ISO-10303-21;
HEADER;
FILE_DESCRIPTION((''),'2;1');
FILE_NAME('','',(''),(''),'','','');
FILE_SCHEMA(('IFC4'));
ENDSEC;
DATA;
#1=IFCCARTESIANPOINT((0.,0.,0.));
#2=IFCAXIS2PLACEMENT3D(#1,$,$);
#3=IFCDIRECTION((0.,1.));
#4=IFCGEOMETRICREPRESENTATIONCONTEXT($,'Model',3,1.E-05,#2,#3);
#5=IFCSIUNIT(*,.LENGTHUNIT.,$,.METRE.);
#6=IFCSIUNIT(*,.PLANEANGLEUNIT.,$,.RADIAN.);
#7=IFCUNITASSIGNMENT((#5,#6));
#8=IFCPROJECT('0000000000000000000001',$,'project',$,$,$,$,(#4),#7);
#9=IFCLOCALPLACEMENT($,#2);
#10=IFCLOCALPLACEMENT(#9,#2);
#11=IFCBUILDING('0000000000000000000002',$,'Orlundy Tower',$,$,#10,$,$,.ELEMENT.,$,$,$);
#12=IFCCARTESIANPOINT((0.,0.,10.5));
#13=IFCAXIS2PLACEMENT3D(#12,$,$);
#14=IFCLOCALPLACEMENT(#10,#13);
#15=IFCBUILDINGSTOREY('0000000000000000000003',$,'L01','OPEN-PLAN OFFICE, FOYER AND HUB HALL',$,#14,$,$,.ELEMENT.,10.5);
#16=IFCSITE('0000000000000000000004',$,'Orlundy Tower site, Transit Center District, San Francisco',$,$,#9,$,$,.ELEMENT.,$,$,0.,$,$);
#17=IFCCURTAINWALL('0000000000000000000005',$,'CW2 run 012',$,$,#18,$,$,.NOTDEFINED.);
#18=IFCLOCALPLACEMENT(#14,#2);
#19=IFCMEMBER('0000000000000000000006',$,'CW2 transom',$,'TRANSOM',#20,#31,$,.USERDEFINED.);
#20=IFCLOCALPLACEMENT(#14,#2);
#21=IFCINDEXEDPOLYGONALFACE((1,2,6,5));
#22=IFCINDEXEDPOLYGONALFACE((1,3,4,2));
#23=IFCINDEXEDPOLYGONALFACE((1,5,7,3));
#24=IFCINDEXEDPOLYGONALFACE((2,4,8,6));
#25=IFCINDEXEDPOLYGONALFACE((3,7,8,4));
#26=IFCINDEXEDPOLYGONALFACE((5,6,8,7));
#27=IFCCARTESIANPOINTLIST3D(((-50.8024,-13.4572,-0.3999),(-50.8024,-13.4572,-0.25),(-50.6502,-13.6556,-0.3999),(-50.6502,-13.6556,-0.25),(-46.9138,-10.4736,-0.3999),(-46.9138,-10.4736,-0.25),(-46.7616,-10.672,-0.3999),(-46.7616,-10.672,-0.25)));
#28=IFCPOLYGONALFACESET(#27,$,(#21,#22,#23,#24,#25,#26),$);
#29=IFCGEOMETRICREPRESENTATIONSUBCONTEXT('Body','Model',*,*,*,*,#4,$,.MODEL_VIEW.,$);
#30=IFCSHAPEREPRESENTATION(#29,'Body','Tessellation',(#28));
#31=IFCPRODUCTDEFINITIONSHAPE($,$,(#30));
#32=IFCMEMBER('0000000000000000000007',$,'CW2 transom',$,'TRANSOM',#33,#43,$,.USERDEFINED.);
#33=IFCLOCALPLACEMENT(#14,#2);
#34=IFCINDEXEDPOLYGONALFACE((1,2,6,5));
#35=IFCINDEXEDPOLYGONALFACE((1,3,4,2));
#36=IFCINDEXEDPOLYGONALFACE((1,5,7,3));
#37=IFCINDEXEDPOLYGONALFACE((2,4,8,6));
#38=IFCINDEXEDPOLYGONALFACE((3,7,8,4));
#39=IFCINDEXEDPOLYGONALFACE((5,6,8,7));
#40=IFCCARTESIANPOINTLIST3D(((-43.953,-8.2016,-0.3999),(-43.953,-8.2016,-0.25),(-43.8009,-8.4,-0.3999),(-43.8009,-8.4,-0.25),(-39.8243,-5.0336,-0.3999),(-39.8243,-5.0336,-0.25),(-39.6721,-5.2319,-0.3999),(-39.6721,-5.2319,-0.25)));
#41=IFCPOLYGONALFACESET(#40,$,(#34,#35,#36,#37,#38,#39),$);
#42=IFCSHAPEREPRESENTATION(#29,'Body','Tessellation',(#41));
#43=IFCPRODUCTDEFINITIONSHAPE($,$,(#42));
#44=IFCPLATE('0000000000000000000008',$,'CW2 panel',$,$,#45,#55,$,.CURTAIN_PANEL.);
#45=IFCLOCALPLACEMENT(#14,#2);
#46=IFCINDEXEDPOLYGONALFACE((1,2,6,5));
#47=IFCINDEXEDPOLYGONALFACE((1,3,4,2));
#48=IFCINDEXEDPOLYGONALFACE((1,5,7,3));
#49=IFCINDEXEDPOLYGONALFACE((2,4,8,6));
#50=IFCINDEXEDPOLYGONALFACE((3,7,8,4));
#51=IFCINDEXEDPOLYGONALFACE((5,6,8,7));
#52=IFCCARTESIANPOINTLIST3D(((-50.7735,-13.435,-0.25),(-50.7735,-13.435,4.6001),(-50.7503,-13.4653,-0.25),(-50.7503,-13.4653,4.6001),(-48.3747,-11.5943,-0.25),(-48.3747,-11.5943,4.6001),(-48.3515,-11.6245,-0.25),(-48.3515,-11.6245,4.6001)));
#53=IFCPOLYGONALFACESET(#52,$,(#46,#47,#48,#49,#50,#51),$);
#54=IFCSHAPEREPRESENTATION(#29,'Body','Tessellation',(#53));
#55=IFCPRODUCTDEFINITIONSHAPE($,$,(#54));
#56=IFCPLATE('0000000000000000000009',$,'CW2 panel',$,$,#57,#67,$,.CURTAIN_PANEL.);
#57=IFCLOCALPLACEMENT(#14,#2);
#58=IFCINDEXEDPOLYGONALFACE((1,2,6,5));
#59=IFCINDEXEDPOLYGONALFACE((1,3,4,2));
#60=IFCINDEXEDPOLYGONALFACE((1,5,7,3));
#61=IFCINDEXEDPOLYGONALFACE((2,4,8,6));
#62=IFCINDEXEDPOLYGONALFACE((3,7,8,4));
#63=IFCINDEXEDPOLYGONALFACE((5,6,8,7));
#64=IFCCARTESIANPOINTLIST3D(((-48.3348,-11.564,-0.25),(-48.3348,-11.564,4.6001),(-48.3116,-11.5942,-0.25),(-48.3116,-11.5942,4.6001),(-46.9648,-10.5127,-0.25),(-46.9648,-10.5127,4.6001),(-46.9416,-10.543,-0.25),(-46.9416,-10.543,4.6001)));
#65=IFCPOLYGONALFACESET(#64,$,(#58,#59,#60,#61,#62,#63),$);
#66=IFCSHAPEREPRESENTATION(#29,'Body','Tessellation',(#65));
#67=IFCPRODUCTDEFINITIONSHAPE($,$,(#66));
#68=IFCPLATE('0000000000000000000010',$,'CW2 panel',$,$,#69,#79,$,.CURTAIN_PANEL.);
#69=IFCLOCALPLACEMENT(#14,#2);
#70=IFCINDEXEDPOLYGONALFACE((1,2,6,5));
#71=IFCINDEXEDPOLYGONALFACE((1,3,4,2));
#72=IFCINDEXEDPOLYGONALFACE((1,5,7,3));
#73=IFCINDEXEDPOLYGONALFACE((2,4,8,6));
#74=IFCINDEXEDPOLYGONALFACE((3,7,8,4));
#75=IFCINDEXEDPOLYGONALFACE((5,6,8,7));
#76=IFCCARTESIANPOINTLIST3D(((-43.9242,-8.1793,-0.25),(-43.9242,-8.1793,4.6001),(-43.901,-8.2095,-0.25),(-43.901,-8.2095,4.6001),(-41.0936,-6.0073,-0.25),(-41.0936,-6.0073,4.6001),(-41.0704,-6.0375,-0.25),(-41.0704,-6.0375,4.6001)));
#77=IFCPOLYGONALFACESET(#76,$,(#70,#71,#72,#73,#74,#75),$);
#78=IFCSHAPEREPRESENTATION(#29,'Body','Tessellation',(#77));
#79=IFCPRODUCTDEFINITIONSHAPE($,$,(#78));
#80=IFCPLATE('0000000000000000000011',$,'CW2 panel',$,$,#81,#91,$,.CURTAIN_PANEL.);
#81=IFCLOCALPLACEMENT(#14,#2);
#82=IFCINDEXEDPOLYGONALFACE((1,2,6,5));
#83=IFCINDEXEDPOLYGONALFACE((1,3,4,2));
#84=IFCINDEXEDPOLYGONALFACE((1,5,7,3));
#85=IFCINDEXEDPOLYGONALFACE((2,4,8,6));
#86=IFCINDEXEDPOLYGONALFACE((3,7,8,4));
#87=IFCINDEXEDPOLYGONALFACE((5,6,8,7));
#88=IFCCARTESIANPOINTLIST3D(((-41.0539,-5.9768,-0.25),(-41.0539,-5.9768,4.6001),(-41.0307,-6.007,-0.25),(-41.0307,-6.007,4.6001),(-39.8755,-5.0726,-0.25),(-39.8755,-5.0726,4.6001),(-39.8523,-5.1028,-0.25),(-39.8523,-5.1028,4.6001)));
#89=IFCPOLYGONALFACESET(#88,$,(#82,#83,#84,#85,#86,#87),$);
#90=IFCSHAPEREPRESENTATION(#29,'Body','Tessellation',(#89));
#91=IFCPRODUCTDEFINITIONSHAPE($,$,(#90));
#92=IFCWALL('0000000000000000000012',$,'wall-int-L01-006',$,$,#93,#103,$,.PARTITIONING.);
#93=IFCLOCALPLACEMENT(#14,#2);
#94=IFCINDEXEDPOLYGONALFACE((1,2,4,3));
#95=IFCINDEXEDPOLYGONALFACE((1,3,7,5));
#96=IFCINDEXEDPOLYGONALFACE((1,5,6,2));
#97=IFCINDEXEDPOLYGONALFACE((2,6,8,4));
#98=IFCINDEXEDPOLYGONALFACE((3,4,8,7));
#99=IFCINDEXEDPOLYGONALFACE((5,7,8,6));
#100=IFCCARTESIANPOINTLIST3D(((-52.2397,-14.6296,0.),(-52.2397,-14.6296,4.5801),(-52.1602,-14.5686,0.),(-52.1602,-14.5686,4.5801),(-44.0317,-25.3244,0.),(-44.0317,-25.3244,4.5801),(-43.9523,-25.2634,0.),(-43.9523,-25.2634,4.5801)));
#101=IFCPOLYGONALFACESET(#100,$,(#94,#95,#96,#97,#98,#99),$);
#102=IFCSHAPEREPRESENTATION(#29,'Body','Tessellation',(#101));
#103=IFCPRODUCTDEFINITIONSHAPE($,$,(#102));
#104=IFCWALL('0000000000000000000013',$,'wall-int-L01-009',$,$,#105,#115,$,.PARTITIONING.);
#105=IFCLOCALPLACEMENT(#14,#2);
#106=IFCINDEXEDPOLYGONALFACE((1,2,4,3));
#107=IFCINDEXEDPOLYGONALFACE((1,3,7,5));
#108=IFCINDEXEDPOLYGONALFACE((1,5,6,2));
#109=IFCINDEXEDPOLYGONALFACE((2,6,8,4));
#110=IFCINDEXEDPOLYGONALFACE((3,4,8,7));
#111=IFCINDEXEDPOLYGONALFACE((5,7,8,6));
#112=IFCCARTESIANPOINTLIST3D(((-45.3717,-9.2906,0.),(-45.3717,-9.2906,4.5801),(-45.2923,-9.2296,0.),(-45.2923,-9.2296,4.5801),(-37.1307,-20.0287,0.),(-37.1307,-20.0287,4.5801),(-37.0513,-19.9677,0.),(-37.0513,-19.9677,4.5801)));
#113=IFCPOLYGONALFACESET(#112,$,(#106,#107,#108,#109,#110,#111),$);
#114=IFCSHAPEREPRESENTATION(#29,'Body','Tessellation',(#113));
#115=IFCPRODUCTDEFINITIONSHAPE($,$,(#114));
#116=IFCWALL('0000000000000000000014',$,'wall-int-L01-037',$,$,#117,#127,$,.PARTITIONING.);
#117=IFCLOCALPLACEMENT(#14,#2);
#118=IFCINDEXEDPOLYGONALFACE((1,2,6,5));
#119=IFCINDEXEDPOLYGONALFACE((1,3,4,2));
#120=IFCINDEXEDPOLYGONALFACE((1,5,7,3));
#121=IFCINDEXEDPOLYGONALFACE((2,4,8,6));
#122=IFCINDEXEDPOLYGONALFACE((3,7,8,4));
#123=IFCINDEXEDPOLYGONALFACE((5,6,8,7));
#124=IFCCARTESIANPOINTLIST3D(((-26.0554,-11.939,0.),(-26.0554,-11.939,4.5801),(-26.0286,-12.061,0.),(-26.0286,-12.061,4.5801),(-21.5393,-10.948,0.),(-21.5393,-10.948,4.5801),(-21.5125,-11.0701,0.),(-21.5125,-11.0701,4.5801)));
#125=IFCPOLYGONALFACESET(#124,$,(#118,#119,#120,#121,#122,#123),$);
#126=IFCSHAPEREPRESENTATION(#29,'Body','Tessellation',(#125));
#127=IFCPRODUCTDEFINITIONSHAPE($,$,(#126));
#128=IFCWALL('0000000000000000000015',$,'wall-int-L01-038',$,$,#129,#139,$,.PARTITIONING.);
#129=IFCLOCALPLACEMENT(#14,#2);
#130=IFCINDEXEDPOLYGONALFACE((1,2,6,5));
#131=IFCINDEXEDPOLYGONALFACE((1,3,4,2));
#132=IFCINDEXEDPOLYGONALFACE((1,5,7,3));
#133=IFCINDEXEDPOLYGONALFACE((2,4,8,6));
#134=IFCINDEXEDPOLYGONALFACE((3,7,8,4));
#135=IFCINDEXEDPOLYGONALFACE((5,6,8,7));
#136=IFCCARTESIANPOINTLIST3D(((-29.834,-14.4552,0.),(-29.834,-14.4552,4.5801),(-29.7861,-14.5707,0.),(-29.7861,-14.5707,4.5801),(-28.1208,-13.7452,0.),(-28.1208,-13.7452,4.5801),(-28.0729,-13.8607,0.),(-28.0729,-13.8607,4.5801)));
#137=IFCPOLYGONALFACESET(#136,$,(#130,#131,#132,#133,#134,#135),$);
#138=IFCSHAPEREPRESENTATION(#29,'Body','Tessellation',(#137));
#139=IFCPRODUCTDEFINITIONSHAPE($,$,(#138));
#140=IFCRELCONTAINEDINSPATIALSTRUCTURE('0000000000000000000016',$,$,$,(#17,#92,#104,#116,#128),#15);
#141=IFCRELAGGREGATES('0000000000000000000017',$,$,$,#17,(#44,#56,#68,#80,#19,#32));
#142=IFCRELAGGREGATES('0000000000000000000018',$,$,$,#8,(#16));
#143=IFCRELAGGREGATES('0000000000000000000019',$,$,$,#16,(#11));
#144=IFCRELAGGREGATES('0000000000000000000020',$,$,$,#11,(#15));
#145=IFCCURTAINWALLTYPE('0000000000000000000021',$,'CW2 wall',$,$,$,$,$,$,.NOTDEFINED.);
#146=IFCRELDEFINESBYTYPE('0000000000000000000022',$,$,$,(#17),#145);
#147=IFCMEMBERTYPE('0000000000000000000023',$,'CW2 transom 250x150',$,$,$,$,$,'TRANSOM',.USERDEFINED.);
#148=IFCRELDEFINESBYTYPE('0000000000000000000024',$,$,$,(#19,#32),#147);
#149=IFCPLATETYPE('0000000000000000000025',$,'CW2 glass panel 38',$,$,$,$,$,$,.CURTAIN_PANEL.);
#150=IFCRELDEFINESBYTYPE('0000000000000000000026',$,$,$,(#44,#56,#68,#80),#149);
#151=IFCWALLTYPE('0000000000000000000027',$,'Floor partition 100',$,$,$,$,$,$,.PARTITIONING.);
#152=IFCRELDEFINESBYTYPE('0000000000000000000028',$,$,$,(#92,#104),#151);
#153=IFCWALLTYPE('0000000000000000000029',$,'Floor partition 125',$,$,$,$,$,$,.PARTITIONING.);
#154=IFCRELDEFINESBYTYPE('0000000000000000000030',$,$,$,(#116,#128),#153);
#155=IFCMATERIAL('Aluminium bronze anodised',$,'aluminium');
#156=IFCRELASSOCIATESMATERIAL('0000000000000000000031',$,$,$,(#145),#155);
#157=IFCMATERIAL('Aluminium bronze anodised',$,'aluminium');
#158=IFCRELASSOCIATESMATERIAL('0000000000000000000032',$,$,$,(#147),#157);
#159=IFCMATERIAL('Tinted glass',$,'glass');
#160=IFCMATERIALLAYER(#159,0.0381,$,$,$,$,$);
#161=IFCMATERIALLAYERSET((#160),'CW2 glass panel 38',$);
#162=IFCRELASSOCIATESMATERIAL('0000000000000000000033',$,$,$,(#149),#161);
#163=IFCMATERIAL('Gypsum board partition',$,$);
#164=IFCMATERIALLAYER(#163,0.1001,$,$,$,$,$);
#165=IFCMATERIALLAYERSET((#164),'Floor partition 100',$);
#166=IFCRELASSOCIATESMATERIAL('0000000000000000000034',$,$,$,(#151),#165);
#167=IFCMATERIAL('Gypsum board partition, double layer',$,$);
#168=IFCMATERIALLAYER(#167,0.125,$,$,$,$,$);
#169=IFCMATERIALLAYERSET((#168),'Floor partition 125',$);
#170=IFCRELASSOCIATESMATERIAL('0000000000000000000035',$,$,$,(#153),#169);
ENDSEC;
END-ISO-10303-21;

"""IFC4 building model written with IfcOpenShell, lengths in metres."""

from ifc_helpers import new_model, si_unit, direction, frame, frame_2d, origin, origin_2d, place, context, subcontext, project, spatial, rectangle, extrude, material, layer, layer_set, material_profile, profile_set, type_object, element, aggregate, save


model = new_model("IFC4")

# Units and contexts
model_context = context("Model", 3, precision=1e-05, world=origin(), true_north=direction((0.0, 1.0)))
body_context = subcontext(model_context, "Body", "Model", "MODEL_VIEW")
ifc_project = project(units=[si_unit("LENGTHUNIT", "METRE"), si_unit("PLANEANGLEUNIT", "RADIAN")], contexts=[model_context])

# Site, building, storey
site_placement = place(None, origin())
site = spatial("IfcSite", under=ifc_project, at=site_placement, Name="Orlundy Tower site, Transit Center District, San Francisco", CompositionType="ELEMENT", RefElevation=0.0)
building_placement = place(site_placement, origin())
building = spatial("IfcBuilding", under=site, at=building_placement, Name="Orlundy Tower", CompositionType="ELEMENT")
storey_placement = place(building_placement, frame((0.0, 0.0, 10.5)))
storey = spatial("IfcBuildingStorey", under=building, at=storey_placement, Name="L01", Description="OPEN-PLAN OFFICE, FOYER AND HUB HALL", CompositionType="ELEMENT", Elevation=10.5)

# Curtain wall, members, plates
ifc_material_1 = material(Name="Aluminium bronze anodised", Category="aluminium")
curtain_wall_type = type_object("IfcCurtainWallType", Name="CW2 wall", PredefinedType="NOTDEFINED", material=ifc_material_1)
curtain_wall_placement = place(storey_placement, origin())
curtain_wall = element("IfcCurtainWall", 1, at=curtain_wall_placement, inside=storey, type_object=curtain_wall_type, Name="CW2 run 012", PredefinedType="NOTDEFINED")
ifc_material_2 = material(Name="Aluminium bronze anodised", Category="aluminium")
ifc_material_profile_1 = material_profile(ifc_material_2, rectangle(XDim=0.25, YDim=0.1499, at=origin_2d()), Name="CW2 transom 250x150")
ifc_profile_set_1 = profile_set([ifc_material_profile_1], Name="Aluminium bronze anodised")
member_type_1 = type_object("IfcMemberType", Name="CW2 transom 250x150", ElementType="TRANSOM", PredefinedType="USERDEFINED", material=ifc_profile_set_1)
member_1_placement = place(storey_placement, frame((-50.7263, -13.5564, -0.325), z_axis=(0.793377, 0.608731, 0.0), x_axis=(-0.608731, 0.793377, 0.0)))
member_1 = element("IfcMember", 2, at=member_1_placement, type_object=member_type_1, Name="CW2 transom", ObjectType="TRANSOM", PredefinedType="USERDEFINED", context=body_context, shape_type="SweptSolid", body=[
    extrude(rectangle(XDim=0.25, YDim=0.1499, at=origin_2d()), origin(), (0.0, 0.0, 1.0), 4.9014),
])
member_2_placement = place(storey_placement, frame((-43.877, -8.3008, -0.325), z_axis=(0.793359, 0.608754, 0.0), x_axis=(-0.608754, 0.793359, 0.0)))
member_2 = element("IfcMember", 3, at=member_2_placement, type_object=member_type_1, Name="CW2 transom", ObjectType="TRANSOM", PredefinedType="USERDEFINED", context=body_context, shape_type="SweptSolid", body=[
    extrude(rectangle(XDim=0.25, YDim=0.1499, at=origin_2d()), origin(), (0.0, 0.0, 1.0), 5.2041),
])
ifc_material_3 = material(Name="Tinted glass", Category="glass")
ifc_layer_1 = layer(ifc_material_3, 0.0381)
ifc_layer_set_1 = layer_set([ifc_layer_1], Name="CW2 glass panel 38")
plate_type = type_object("IfcPlateType", Name="CW2 glass panel 38", PredefinedType="CURTAIN_PANEL", material=ifc_layer_set_1)
plate_1_placement = place(storey_placement, frame((-49.5625, -12.5298, -0.25), z_axis=(0.0, 0.0, 1.0), x_axis=(0.793348, 0.608768, 0.0)))
plate_1 = element("IfcPlate", 4, at=plate_1_placement, type_object=plate_type, Name="CW2 panel", PredefinedType="CURTAIN_PANEL", context=body_context, shape_type="SweptSolid", body=[
    extrude(rectangle(XDim=3.0237, YDim=0.0381, at=origin_2d()), origin(), (0.0, 0.0, 1.0), 4.8501),
])
plate_2_placement = place(storey_placement, frame((-47.6382, -11.0535, -0.25), z_axis=(0.0, 0.0, 1.0), x_axis=(0.793348, 0.608768, 0.0)))
plate_2 = element("IfcPlate", 5, at=plate_2_placement, type_object=plate_type, Name="CW2 panel", PredefinedType="CURTAIN_PANEL", context=body_context, shape_type="SweptSolid", body=[
    extrude(rectangle(XDim=1.7268, YDim=0.0381, at=origin_2d()), origin(), (0.0, 0.0, 1.0), 4.8501),
])
plate_3_placement = place(storey_placement, frame((-42.4973, -7.1084, -0.25), z_axis=(0.0, 0.0, 1.0), x_axis=(0.793348, 0.608768, 0.0)))
plate_3 = element("IfcPlate", 6, at=plate_3_placement, type_object=plate_type, Name="CW2 panel", PredefinedType="CURTAIN_PANEL", context=body_context, shape_type="SweptSolid", body=[
    extrude(rectangle(XDim=3.5679, YDim=0.0381, at=origin_2d()), origin(), (0.0, 0.0, 1.0), 4.8501),
])
plate_4_placement = place(storey_placement, frame((-40.4531, -5.5398, -0.25), z_axis=(0.0, 0.0, 1.0), x_axis=(0.793348, 0.608768, 0.0)))
plate_4 = element("IfcPlate", 7, at=plate_4_placement, type_object=plate_type, Name="CW2 panel", PredefinedType="CURTAIN_PANEL", context=body_context, shape_type="SweptSolid", body=[
    extrude(rectangle(XDim=1.4854, YDim=0.0381, at=origin_2d()), origin(), (0.0, 0.0, 1.0), 4.8501),
])
aggregate(curtain_wall, [plate_1, plate_2, plate_3, plate_4, member_1, member_2])

# Walls
ifc_material_4 = material(Name="Gypsum board partition")
ifc_layer_2 = layer(ifc_material_4, 0.1001)
ifc_layer_set_2 = layer_set([ifc_layer_2], Name="Floor partition 100")
wall_type_1 = type_object("IfcWallType", Name="Floor partition 100", PredefinedType="PARTITIONING", material=ifc_layer_set_2)
wall_1_placement = place(storey_placement, frame((-52.2, -14.5991, 0.0), z_axis=(0.0, 0.0, 1.0), x_axis=(0.608835, -0.793297, 0.0)))
element("IfcWall", 8, at=wall_1_placement, inside=storey, type_object=wall_type_1, Name="wall-int-L01-006", PredefinedType="PARTITIONING", context=body_context, shape_type="SweptSolid", body=[
    extrude(rectangle(XDim=13.4814, YDim=0.1001, at=frame_2d((6.7407, 0.0))), origin(), (0.0, 0.0, 1.0), 4.5801),
])
wall_2_placement = place(storey_placement, frame((-45.332, -9.26, 0.0), z_axis=(0.0, 0.0, 1.0), x_axis=(0.608826, -0.793304, 0.0)))
element("IfcWall", 9, at=wall_2_placement, inside=storey, type_object=wall_type_1, Name="wall-int-L01-009", PredefinedType="PARTITIONING", context=body_context, shape_type="SweptSolid", body=[
    extrude(rectangle(XDim=13.5359, YDim=0.1001, at=frame_2d((6.7681, 0.0))), origin(), (0.0, 0.0, 1.0), 4.5801),
])
ifc_material_5 = material(Name="Gypsum board partition, double layer")
ifc_layer_3 = layer(ifc_material_5, 0.125)
ifc_layer_set_3 = layer_set([ifc_layer_3], Name="Floor partition 125")
wall_type_2 = type_object("IfcWallType", Name="Floor partition 125", PredefinedType="PARTITIONING", material=ifc_layer_set_3)
wall_3_placement = place(storey_placement, frame((-26.042, -12.0, 0.0), z_axis=(0.0, 0.0, 1.0), x_axis=(0.976761, 0.21433, 0.0)))
element("IfcWall", 10, at=wall_3_placement, inside=storey, type_object=wall_type_2, Name="wall-int-L01-037", PredefinedType="PARTITIONING", context=body_context, shape_type="SweptSolid", body=[
    extrude(rectangle(XDim=4.6235, YDim=0.125, at=frame_2d((2.3118, 0.0))), origin(), (0.0, 0.0, 1.0), 4.5801),
])
wall_4_placement = place(storey_placement, frame((-29.8101, -14.5129, 0.0), z_axis=(0.0, 0.0, 1.0), x_axis=(0.923811, 0.382848, 0.0)))
element("IfcWall", 11, at=wall_4_placement, inside=storey, type_object=wall_type_2, Name="wall-int-L01-038", PredefinedType="PARTITIONING", context=body_context, shape_type="SweptSolid", body=[
    extrude(rectangle(XDim=1.8545, YDim=0.125, at=frame_2d((0.9272, 0.0))), origin(), (0.0, 0.0, 1.0), 4.5801),
])

save(model, "model.ifc")
